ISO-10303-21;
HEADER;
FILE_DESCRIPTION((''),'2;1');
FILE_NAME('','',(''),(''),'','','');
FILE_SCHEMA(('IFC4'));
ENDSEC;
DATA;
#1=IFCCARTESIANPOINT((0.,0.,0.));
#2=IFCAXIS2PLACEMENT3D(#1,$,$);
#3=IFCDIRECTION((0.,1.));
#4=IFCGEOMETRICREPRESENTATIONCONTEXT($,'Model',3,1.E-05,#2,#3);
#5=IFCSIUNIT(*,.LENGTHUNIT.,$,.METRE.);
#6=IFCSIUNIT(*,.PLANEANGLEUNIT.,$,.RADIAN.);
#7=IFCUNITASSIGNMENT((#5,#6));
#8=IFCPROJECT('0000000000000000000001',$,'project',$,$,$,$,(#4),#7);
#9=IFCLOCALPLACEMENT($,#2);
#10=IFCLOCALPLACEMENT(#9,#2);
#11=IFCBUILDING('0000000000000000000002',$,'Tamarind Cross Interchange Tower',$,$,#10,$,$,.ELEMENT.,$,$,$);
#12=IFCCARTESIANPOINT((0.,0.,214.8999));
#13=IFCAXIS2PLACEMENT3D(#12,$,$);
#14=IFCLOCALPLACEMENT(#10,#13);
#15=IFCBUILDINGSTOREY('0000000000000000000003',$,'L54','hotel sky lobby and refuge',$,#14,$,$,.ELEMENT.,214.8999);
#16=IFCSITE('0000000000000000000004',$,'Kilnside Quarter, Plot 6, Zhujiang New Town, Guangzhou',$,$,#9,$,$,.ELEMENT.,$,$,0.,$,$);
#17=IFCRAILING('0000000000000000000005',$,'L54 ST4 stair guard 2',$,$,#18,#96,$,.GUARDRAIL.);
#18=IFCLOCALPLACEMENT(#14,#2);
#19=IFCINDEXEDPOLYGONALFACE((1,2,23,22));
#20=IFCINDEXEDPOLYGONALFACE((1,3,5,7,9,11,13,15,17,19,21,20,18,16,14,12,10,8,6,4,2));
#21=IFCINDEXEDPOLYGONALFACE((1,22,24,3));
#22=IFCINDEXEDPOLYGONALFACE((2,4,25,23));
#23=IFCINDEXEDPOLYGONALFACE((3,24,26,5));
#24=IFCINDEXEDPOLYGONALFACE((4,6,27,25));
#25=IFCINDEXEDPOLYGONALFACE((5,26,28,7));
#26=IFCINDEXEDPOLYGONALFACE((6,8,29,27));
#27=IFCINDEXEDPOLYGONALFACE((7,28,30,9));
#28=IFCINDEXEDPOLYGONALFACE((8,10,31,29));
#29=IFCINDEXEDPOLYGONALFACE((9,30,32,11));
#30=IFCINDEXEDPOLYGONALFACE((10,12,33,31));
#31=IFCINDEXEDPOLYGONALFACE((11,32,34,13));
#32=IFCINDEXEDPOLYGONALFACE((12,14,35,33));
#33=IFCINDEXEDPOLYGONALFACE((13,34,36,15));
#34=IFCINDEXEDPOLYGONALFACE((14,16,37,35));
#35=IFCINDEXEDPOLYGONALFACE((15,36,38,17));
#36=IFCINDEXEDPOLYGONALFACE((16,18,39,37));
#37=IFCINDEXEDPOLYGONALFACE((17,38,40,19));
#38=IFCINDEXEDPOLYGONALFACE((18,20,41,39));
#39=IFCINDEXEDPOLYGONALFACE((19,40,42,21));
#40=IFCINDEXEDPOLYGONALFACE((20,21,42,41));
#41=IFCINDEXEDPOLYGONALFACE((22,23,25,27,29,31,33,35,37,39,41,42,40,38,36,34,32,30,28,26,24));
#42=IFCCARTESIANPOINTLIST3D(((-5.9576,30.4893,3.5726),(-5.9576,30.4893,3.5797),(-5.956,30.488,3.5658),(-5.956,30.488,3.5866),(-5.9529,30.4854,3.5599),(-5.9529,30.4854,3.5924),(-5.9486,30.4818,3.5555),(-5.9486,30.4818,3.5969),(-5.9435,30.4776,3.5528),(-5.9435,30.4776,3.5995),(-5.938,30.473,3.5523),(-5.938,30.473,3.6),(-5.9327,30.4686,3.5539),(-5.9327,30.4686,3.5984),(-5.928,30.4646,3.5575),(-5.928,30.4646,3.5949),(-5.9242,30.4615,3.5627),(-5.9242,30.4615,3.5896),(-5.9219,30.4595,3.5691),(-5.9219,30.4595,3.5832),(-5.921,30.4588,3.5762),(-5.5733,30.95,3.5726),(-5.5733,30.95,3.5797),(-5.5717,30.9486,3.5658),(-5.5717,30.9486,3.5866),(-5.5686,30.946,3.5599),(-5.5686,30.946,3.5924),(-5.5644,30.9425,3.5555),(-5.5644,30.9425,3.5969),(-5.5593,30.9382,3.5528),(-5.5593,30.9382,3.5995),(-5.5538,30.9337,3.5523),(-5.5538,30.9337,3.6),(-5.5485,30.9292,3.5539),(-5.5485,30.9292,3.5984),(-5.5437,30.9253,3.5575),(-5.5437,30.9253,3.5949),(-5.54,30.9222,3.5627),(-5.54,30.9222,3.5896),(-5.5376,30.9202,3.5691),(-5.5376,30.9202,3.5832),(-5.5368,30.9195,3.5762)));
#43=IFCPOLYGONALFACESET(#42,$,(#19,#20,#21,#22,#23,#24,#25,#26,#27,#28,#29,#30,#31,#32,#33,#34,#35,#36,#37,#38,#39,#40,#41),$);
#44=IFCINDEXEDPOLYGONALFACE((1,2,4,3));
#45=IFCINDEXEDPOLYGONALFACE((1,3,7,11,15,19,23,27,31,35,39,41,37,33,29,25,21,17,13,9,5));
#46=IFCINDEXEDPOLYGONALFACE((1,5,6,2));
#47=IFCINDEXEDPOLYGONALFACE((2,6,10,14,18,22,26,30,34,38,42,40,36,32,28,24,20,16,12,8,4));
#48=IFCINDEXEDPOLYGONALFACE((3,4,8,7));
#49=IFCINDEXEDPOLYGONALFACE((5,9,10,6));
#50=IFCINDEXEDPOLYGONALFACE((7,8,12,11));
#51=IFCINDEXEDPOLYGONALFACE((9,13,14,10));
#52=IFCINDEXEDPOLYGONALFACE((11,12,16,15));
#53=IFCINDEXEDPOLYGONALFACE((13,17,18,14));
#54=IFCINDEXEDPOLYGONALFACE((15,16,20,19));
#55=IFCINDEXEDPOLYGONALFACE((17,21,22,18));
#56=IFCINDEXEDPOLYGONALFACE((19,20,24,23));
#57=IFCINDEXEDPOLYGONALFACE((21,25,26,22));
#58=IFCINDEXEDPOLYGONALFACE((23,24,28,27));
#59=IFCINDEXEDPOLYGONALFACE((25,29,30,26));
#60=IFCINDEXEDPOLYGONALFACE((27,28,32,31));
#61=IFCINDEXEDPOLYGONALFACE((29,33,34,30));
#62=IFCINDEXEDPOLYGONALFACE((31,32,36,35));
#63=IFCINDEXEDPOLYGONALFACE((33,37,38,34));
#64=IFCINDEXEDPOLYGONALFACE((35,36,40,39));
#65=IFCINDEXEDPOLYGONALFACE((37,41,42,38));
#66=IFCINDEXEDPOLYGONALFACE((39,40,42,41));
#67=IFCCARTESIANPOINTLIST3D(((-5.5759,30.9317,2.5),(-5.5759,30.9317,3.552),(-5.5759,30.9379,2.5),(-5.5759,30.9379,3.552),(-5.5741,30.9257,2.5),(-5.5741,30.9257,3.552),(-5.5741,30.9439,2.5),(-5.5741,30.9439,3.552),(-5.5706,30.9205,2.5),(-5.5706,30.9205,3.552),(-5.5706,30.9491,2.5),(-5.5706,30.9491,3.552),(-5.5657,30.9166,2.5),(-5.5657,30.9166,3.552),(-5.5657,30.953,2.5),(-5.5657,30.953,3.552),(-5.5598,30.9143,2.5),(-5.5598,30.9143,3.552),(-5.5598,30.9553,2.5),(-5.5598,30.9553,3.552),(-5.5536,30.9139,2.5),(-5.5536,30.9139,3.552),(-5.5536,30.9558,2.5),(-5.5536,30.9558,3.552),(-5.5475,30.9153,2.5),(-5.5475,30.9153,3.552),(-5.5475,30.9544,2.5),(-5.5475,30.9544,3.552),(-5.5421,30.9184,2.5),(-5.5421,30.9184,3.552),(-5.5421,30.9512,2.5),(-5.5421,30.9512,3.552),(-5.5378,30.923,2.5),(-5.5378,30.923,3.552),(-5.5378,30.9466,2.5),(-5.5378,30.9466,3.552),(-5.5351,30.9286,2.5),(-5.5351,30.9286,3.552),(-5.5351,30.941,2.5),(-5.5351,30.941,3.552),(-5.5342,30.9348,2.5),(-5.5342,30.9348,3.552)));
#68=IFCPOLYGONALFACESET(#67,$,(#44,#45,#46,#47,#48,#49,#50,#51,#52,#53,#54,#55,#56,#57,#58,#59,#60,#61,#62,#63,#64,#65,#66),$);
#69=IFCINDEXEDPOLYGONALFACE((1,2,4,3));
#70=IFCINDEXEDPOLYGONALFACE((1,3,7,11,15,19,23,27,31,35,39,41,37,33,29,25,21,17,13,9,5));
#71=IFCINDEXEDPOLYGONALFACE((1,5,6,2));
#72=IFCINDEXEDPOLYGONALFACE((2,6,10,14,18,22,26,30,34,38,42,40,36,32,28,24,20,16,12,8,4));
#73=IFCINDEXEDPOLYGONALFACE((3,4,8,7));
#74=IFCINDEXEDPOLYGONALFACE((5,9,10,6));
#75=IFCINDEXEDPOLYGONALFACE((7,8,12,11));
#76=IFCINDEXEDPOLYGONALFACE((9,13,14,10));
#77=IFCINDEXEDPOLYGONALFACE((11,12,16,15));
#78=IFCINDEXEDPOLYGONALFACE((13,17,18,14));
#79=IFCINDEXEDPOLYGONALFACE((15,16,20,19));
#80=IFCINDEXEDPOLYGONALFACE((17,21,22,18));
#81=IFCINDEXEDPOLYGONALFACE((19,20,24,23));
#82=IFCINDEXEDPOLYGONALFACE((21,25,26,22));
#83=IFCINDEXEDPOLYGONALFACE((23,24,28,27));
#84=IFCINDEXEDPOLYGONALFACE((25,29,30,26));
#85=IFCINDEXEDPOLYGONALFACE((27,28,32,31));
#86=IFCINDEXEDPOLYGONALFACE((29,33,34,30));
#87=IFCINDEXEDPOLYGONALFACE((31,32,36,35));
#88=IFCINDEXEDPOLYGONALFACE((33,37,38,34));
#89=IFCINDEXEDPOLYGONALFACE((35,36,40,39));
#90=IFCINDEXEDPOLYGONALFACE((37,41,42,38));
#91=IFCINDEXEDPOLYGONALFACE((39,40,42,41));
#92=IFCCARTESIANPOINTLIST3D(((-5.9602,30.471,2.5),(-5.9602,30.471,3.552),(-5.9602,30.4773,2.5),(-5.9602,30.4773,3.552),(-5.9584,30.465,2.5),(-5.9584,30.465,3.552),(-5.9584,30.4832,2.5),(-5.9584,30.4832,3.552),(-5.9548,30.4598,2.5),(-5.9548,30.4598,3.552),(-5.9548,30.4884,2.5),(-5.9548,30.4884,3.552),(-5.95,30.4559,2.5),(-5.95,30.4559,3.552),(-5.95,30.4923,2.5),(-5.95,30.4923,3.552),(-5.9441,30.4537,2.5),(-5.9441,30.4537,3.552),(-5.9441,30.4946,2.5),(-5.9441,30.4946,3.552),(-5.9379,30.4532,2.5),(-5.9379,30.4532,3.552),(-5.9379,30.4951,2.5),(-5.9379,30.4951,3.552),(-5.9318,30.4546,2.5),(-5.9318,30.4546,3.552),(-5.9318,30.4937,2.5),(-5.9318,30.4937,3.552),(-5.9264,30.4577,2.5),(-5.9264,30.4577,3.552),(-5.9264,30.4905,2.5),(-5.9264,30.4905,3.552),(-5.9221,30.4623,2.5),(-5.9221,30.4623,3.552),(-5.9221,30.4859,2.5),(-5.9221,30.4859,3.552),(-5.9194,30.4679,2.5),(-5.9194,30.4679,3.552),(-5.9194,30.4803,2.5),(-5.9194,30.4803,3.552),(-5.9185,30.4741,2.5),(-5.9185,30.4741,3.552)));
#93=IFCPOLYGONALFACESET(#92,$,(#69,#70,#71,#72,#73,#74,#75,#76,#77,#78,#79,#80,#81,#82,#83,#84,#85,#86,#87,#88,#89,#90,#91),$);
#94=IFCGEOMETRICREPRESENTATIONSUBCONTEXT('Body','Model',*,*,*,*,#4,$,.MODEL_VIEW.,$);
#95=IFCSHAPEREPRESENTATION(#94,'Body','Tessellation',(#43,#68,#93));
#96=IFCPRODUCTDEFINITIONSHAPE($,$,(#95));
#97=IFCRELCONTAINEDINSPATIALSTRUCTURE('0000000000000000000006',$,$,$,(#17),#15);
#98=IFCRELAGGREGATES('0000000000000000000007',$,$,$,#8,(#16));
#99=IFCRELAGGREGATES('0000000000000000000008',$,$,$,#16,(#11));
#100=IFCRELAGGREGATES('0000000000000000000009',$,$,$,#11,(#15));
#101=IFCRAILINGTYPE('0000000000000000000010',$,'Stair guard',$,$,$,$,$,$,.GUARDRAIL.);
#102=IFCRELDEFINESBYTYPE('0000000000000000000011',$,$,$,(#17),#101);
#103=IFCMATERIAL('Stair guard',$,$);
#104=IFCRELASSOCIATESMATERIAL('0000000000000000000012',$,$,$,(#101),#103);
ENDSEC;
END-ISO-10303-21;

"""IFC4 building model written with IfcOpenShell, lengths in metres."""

from ifc_helpers import new_model, si_unit, direction, frame, origin, origin_2d, place, context, subcontext, project, spatial, circle, extrude, material, type_object, element, save


model = new_model("IFC4")

# Units and contexts
model_context = context("Model", 3, precision=1e-05, world=origin(), true_north=direction((0.0, 1.0)))
body_context = subcontext(model_context, "Body", "Model", "MODEL_VIEW")
ifc_project = project(units=[si_unit("LENGTHUNIT", "METRE"), si_unit("PLANEANGLEUNIT", "RADIAN")], contexts=[model_context])

# Site, building, storey
site_placement = place(None, origin())
site = spatial("IfcSite", under=ifc_project, at=site_placement, Name="Kilnside Quarter, Plot 6, Zhujiang New Town, Guangzhou", CompositionType="ELEMENT", RefElevation=0.0)
building_placement = place(site_placement, origin())
building = spatial("IfcBuilding", under=site, at=building_placement, Name="Tamarind Cross Interchange Tower", CompositionType="ELEMENT")
storey_placement = place(building_placement, frame((0.0, 0.0, 214.8999)))
storey = spatial("IfcBuildingStorey", under=building, at=storey_placement, Name="L54", Description="hotel sky lobby and refuge", CompositionType="ELEMENT", Elevation=214.8999)

# Railing
ifc_material_1 = material(Name="Stair guard")
railing_type_1 = type_object("IfcRailingType", Name="Stair guard", PredefinedType="GUARDRAIL", material=ifc_material_1)
railing_1_placement = place(storey_placement, frame((-5.5552, 30.9348, 2.5)))
element("IfcRailing", 1, at=railing_1_placement, inside=storey, type_object=railing_type_1, Name="L54 ST4 stair guard 2", PredefinedType="GUARDRAIL", context=body_context, shape_type="SweptSolid", body=[
    extrude(circle(Radius=0.0239, at=origin_2d()), frame((0.0, 0.0, 1.0762), z_axis=(-0.640545, -0.767921, 0.0), x_axis=(0.767921, -0.640545, 0.0)), (0.0, 0.0, 1.0), 0.5999),
    extrude(circle(Radius=0.021, at=origin_2d()), origin(), (0.0, 0.0, 1.0), 1.052),
    extrude(circle(Radius=0.021, at=origin_2d()), frame((-0.3843, -0.4607, 0.0)), (0.0, 0.0, 1.0), 1.052),
])

save(model, "model.ifc")
